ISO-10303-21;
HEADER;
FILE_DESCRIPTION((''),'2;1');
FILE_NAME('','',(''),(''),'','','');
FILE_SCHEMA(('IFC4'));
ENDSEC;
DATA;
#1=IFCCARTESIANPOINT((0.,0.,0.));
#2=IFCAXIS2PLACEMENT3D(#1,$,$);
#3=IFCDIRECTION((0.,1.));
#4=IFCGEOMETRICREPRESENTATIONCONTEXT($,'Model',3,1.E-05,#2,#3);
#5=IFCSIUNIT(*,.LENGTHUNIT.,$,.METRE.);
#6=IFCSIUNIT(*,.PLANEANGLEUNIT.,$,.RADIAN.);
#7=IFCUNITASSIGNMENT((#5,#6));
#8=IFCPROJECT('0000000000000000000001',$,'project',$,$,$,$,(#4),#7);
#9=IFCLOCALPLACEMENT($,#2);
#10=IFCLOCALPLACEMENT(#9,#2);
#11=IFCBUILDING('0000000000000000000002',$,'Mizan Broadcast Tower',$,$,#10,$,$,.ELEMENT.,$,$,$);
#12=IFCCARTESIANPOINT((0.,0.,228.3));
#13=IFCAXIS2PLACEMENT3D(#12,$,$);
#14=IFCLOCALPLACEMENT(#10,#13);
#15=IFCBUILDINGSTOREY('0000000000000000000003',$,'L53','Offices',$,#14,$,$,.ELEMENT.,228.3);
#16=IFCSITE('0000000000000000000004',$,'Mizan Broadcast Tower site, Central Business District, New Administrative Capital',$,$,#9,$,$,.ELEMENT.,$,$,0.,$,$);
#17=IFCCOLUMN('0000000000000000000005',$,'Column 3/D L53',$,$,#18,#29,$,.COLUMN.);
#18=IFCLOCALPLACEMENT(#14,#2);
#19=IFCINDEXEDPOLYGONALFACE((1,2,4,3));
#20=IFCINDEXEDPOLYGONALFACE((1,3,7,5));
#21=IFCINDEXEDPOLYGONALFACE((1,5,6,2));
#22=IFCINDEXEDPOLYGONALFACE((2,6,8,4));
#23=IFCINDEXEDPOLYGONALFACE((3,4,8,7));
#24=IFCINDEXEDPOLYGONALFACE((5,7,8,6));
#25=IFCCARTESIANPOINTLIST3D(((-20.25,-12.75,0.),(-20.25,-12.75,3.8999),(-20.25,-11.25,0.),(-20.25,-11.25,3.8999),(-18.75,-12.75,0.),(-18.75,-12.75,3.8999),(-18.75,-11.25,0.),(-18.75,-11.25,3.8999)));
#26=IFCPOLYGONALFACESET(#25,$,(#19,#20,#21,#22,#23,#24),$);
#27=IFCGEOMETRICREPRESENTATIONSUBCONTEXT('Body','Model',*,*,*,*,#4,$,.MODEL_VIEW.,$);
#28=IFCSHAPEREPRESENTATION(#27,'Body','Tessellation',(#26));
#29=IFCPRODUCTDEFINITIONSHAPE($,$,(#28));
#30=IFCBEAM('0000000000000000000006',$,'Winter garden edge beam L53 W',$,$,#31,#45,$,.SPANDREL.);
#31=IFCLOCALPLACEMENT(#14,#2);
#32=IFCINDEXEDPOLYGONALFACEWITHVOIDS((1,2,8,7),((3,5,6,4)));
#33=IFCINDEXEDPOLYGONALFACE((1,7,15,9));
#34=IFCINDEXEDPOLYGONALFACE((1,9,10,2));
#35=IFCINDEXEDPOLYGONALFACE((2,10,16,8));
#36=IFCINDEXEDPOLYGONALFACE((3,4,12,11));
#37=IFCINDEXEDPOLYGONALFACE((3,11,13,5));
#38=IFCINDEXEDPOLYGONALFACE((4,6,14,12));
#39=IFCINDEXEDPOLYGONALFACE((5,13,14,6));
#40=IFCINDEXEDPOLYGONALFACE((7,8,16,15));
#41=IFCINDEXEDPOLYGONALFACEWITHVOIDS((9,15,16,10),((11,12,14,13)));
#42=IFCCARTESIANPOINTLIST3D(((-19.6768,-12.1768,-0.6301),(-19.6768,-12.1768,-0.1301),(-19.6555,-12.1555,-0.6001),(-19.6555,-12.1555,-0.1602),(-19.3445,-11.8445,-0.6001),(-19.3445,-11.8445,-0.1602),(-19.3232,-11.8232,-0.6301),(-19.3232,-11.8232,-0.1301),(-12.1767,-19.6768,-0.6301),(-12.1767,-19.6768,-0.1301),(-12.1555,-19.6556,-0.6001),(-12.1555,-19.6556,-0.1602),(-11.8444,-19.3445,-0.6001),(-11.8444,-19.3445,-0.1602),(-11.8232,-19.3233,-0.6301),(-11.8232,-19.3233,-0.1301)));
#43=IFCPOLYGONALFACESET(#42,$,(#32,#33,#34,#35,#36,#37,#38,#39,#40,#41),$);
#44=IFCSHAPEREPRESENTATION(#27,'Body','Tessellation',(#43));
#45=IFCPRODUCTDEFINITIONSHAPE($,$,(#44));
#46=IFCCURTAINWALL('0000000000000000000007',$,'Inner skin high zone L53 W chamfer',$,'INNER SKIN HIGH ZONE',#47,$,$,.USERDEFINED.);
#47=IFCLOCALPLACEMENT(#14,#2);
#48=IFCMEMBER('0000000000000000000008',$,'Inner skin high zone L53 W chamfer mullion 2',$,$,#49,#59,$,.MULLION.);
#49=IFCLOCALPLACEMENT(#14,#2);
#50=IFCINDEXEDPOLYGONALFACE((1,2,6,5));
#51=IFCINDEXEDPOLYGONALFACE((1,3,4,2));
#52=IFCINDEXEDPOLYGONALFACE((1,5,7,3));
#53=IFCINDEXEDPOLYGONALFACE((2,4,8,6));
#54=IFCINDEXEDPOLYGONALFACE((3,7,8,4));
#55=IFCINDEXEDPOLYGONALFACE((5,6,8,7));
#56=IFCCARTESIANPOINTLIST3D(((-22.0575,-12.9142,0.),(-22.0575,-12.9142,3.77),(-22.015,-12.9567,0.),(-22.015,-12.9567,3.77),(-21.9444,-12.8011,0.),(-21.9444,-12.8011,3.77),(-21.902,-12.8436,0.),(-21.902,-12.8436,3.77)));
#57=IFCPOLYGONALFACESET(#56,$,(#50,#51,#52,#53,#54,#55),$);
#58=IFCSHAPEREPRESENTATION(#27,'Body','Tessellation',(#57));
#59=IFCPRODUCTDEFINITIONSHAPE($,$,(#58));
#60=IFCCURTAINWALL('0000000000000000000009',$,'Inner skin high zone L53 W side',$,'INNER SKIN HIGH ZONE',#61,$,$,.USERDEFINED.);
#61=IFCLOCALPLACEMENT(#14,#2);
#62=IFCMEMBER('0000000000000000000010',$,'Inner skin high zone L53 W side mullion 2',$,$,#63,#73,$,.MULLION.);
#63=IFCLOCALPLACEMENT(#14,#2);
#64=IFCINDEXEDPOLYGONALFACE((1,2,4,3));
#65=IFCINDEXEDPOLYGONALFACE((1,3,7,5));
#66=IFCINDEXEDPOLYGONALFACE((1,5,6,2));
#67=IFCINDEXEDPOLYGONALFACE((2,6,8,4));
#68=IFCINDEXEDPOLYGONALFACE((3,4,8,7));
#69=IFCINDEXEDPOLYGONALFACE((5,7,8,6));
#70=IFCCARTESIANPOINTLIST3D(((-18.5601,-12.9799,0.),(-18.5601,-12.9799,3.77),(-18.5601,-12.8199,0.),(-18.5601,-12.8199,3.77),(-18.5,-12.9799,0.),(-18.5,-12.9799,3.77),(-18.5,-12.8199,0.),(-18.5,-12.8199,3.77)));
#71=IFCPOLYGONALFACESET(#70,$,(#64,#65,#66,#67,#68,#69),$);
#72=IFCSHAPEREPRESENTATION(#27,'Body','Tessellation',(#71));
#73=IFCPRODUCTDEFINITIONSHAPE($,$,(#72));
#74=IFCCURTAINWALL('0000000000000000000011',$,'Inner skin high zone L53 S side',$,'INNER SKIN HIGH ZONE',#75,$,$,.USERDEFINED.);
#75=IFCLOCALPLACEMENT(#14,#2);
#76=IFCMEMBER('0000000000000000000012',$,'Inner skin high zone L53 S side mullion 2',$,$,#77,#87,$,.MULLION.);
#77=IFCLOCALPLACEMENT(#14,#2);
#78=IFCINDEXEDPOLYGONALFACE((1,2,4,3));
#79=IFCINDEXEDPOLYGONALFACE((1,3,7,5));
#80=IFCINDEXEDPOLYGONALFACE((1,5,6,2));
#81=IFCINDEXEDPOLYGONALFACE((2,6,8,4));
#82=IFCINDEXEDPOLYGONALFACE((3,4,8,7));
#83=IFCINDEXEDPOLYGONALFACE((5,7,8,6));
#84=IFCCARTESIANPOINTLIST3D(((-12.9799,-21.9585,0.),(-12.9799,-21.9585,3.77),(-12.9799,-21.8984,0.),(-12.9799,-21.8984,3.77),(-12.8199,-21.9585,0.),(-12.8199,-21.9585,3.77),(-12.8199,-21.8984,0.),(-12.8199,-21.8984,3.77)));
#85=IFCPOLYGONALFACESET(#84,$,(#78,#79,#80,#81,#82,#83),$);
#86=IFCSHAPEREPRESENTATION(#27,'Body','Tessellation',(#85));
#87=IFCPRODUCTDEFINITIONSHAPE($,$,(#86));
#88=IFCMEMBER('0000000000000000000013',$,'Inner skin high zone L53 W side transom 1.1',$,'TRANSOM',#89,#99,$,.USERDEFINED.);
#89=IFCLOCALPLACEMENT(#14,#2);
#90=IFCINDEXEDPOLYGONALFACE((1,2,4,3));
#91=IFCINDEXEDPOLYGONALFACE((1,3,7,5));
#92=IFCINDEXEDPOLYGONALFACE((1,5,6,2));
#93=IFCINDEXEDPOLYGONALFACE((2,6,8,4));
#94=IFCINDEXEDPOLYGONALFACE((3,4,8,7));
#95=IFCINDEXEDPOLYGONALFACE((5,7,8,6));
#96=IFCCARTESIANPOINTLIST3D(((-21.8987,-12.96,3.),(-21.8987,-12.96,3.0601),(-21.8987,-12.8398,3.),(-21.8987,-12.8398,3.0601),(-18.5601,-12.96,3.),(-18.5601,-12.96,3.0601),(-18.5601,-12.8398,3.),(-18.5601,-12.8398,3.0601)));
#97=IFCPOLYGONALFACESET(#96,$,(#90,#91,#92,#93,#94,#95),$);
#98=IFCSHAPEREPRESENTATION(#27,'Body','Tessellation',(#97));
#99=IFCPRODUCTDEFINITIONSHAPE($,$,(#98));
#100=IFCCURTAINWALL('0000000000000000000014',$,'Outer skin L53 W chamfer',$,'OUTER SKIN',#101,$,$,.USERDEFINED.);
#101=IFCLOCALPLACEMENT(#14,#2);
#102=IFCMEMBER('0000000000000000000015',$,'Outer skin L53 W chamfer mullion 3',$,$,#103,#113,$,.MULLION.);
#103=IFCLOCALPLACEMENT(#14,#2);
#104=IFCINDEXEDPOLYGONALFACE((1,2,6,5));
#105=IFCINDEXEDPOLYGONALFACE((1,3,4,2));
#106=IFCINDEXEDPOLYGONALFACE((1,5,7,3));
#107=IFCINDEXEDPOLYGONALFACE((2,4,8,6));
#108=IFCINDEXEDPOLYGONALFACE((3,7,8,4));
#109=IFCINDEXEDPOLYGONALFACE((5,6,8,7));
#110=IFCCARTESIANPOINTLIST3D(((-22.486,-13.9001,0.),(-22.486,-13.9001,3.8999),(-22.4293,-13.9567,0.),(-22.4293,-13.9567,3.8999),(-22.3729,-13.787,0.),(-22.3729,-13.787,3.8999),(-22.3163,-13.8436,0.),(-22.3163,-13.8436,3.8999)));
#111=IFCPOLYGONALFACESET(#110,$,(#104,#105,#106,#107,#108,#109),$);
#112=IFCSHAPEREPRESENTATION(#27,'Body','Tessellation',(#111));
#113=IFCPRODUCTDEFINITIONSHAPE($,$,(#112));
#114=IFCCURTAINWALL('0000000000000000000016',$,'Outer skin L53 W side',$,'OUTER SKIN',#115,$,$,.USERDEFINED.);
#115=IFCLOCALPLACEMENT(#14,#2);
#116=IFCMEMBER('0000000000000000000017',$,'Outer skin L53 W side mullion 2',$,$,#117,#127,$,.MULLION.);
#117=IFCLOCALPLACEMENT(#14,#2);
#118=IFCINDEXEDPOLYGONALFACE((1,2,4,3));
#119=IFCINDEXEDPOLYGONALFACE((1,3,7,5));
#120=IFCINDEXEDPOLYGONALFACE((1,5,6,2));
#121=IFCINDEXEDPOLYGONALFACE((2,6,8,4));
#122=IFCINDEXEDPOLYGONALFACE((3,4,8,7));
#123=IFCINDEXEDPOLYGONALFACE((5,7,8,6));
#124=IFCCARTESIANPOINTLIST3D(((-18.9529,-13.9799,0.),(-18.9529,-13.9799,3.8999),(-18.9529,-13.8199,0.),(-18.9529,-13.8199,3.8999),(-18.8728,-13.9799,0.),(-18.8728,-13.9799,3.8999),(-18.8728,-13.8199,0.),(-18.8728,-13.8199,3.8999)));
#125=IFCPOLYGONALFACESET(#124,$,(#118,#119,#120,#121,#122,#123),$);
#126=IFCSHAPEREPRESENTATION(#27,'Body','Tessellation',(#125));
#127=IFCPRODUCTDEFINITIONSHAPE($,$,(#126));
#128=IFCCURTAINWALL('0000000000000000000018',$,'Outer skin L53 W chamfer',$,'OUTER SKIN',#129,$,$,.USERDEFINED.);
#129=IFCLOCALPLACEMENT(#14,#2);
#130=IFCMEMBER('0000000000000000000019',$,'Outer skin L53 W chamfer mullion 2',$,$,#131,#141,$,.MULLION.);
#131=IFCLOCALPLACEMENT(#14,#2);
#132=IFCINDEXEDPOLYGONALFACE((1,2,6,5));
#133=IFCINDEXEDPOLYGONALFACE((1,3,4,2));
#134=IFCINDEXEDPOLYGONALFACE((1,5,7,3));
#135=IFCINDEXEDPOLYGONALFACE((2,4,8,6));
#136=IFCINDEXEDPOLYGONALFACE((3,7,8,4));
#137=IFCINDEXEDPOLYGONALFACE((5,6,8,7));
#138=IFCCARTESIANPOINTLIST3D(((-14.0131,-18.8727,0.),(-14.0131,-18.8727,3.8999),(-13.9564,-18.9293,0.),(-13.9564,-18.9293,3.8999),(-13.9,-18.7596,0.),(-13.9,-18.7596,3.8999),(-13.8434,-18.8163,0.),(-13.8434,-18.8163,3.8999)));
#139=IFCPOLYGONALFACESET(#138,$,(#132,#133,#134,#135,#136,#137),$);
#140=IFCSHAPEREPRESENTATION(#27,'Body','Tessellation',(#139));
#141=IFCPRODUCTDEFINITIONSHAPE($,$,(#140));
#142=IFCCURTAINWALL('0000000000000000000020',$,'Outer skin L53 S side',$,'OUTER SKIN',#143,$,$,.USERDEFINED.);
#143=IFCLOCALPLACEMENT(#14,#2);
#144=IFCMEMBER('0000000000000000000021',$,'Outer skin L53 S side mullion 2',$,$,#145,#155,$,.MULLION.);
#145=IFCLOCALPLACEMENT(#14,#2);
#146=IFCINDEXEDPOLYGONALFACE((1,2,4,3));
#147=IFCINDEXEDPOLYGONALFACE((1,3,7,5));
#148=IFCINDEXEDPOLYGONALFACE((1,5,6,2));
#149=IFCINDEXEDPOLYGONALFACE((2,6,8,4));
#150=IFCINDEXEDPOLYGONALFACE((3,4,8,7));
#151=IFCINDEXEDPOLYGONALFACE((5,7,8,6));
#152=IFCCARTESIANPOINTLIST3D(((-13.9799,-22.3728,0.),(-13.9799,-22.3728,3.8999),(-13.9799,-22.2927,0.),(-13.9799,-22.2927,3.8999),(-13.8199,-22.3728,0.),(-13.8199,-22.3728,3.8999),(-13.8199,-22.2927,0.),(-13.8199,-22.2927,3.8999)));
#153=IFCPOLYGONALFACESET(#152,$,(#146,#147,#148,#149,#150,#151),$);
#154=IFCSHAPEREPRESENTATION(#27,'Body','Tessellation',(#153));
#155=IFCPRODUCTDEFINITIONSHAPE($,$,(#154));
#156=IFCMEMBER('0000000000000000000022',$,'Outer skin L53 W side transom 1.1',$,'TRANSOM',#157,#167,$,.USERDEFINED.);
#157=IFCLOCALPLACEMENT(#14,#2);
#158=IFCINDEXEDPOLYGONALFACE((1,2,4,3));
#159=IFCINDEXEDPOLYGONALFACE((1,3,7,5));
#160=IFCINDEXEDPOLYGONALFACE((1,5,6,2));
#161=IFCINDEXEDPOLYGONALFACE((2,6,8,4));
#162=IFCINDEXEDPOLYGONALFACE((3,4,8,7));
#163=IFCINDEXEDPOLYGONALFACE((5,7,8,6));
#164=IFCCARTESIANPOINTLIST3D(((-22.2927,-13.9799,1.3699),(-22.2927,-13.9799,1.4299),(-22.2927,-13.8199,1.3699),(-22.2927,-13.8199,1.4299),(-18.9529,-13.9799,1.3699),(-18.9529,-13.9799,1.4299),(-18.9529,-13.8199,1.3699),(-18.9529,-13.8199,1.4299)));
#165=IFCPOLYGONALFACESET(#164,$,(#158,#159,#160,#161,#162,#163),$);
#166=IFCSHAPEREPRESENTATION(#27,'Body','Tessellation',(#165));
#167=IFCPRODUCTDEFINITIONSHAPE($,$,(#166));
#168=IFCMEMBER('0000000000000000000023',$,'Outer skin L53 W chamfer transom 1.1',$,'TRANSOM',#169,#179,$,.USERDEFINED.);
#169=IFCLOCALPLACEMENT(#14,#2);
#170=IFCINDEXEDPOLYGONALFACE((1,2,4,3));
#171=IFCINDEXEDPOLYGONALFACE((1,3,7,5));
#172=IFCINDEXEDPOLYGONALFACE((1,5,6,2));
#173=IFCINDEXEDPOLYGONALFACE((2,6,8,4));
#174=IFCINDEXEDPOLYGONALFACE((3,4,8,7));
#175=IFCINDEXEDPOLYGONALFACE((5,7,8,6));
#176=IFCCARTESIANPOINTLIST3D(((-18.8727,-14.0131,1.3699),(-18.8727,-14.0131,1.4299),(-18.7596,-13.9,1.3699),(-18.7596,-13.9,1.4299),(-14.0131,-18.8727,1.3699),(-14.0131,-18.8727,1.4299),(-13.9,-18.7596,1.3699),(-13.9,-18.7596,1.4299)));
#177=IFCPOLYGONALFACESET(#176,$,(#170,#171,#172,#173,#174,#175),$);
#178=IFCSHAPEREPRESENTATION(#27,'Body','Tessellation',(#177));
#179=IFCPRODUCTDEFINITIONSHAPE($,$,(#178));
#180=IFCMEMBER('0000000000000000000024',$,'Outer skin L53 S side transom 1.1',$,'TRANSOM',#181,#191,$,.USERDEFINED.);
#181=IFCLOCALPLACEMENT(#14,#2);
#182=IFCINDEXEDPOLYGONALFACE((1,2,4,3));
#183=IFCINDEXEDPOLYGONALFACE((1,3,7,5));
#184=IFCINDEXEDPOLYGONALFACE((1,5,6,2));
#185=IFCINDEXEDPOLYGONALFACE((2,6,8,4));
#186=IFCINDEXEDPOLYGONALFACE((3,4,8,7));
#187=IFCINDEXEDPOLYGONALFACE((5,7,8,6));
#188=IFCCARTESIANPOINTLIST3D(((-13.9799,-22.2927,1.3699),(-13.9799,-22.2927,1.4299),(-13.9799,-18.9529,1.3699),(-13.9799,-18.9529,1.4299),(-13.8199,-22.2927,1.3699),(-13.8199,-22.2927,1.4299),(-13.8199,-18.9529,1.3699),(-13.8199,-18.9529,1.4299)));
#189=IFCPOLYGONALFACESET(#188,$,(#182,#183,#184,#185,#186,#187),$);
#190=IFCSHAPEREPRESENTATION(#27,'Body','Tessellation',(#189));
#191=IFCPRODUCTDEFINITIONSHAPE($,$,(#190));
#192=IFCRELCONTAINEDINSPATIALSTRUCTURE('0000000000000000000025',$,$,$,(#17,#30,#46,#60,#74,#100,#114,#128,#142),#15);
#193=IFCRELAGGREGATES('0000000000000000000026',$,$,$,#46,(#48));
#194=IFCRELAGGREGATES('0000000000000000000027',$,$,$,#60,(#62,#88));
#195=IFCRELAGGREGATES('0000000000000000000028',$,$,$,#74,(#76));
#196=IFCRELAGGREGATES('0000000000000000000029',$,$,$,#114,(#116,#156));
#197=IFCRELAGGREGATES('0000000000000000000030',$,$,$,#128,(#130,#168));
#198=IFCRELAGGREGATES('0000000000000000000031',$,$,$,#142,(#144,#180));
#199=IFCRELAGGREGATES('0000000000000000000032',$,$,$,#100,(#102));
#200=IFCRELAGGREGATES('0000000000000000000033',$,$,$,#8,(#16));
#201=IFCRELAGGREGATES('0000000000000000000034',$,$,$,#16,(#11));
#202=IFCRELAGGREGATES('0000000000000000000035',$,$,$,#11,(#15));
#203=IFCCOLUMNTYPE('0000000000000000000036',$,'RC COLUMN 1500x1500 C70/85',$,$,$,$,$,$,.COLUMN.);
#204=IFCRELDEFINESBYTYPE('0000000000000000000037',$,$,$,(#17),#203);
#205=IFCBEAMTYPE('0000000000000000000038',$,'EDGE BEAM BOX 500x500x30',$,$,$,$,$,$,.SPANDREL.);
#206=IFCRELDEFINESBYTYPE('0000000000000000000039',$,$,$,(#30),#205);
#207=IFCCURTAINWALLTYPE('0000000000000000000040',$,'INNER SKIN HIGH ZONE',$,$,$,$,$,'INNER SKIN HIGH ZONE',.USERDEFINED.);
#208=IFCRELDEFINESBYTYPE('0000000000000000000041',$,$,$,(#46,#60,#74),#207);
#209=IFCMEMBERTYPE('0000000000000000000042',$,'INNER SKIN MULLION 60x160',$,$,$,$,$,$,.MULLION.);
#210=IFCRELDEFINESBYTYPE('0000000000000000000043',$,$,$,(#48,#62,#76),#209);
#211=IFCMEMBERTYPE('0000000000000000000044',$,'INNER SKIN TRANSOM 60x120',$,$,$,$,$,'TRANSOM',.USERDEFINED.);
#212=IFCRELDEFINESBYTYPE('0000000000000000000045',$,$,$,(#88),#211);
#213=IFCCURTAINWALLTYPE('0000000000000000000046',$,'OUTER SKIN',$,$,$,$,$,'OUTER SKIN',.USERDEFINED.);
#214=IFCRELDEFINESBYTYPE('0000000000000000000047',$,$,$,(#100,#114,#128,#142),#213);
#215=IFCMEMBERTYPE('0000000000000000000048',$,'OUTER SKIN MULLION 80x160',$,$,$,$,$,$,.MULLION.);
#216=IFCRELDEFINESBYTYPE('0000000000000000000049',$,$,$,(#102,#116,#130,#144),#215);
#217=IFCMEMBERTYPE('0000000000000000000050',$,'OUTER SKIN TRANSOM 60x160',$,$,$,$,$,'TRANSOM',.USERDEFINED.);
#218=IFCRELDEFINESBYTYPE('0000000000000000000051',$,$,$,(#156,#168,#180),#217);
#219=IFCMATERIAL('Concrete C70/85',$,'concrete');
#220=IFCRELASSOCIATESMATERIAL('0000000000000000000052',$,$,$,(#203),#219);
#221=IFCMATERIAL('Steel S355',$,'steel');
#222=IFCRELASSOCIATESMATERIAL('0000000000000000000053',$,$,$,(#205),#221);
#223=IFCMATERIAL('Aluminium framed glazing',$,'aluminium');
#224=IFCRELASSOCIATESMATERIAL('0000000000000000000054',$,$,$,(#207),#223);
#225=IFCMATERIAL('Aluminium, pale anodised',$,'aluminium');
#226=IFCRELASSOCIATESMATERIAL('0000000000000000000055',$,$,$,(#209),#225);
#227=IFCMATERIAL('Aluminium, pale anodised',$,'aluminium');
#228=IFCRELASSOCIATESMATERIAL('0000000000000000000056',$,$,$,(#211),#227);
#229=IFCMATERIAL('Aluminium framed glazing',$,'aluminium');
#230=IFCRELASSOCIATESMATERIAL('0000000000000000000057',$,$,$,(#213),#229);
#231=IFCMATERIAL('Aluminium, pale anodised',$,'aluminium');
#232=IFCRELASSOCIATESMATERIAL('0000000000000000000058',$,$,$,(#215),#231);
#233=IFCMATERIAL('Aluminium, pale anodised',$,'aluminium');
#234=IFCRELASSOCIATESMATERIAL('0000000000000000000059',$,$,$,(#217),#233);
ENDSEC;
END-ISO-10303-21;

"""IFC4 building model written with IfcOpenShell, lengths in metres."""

from ifc_helpers import new_model, si_unit, direction, frame, origin, origin_2d, place, context, subcontext, project, spatial, rectangle, hollow_rectangle, extrude, material, material_profile, profile_set, type_object, element, aggregate, save


model = new_model("IFC4")

# Units and contexts
model_context = context("Model", 3, precision=1e-05, world=origin(), true_north=direction((0.0, 1.0)))
body_context = subcontext(model_context, "Body", "Model", "MODEL_VIEW")
ifc_project = project(units=[si_unit("LENGTHUNIT", "METRE"), si_unit("PLANEANGLEUNIT", "RADIAN")], contexts=[model_context])

# Site, building, storey
site_placement = place(None, origin())
site = spatial("IfcSite", under=ifc_project, at=site_placement, Name="Mizan Broadcast Tower site, Central Business District, New Administrative Capital", CompositionType="ELEMENT", RefElevation=0.0)
building_placement = place(site_placement, origin())
building = spatial("IfcBuilding", under=site, at=building_placement, Name="Mizan Broadcast Tower", CompositionType="ELEMENT")
storey_placement = place(building_placement, frame((0.0, 0.0, 228.3)))
storey = spatial("IfcBuildingStorey", under=building, at=storey_placement, Name="L53", Description="Offices", CompositionType="ELEMENT", Elevation=228.3)

# Column
ifc_material_1 = material(Name="Concrete C70/85", Category="concrete")
ifc_material_profile_1 = material_profile(ifc_material_1, rectangle(XDim=1.5, YDim=1.5, at=origin_2d()), Name="RC 1500x1500")
ifc_profile_set_1 = profile_set([ifc_material_profile_1], Name="Concrete C70/85")
column_type = type_object("IfcColumnType", Name="RC COLUMN 1500x1500 C70/85", PredefinedType="COLUMN", material=ifc_profile_set_1)
column_placement = place(storey_placement, frame((-19.5, -12.0, 0.0), z_axis=(0.0, 0.0, 1.0), x_axis=(1.0, 0.0, 0.0)))
element("IfcColumn", 1, at=column_placement, inside=storey, type_object=column_type, Name="Column 3/D L53", PredefinedType="COLUMN", context=body_context, shape_type="SweptSolid", body=[
    extrude(rectangle(XDim=1.5, YDim=1.5, at=origin_2d()), origin(), (0.0, 0.0, 1.0), 3.8999),
])

# Beam
ifc_material_2 = material(Name="Steel S355", Category="steel")
ifc_material_profile_2 = material_profile(ifc_material_2, hollow_rectangle(XDim=0.5, YDim=0.5, WallThickness=0.03, at=origin_2d()), Name="BOX 500x500x30")
ifc_profile_set_2 = profile_set([ifc_material_profile_2], Name="Steel S355")
beam_type = type_object("IfcBeamType", Name="EDGE BEAM BOX 500x500x30", PredefinedType="SPANDREL", material=ifc_profile_set_2)
beam_placement = place(storey_placement, frame((-19.5, -12.0, -0.3801), z_axis=(0.707107, -0.707107, 0.0), x_axis=(0.707107, 0.707107, 0.0)))
element("IfcBeam", 2, at=beam_placement, inside=storey, type_object=beam_type, Name="Winter garden edge beam L53 W", PredefinedType="SPANDREL", context=body_context, shape_type="SweptSolid", body=[
    extrude(hollow_rectangle(XDim=0.5, YDim=0.5, WallThickness=0.03, at=origin_2d()), origin(), (0.0, 0.0, 1.0), 10.6067),
])

# Curtain walls, members
ifc_material_3 = material(Name="Aluminium framed glazing", Category="aluminium")
curtain_wall_type_1 = type_object("IfcCurtainWallType", Name="INNER SKIN HIGH ZONE", ElementType="INNER SKIN HIGH ZONE", PredefinedType="USERDEFINED", material=ifc_material_3)
curtain_wall_1_placement = place(storey_placement, origin())
curtain_wall_1 = element("IfcCurtainWall", 3, at=curtain_wall_1_placement, inside=storey, type_object=curtain_wall_type_1, Name="Inner skin high zone L53 W chamfer", ObjectType="INNER SKIN HIGH ZONE", PredefinedType="USERDEFINED")
ifc_material_4 = material(Name="Aluminium, pale anodised", Category="aluminium")
ifc_material_profile_3 = material_profile(ifc_material_4, rectangle(XDim=0.1599, YDim=0.0601, at=origin_2d()), Name="MULLION 160x60")
ifc_profile_set_3 = profile_set([ifc_material_profile_3], Name="Aluminium, pale anodised")
member_type_1 = type_object("IfcMemberType", Name="INNER SKIN MULLION 60x160", PredefinedType="MULLION", material=ifc_profile_set_3)
member_1_placement = place(storey_placement, frame((-21.9797, -12.8789, 0.0), z_axis=(0.0, 0.0, 1.0), x_axis=(0.707107, 0.707107, 0.0)))
member_1 = element("IfcMember", 4, at=member_1_placement, type_object=member_type_1, Name="Inner skin high zone L53 W chamfer mullion 2", PredefinedType="MULLION", context=body_context, shape_type="SweptSolid", body=[
    extrude(rectangle(XDim=0.1599, YDim=0.0601, at=origin_2d()), origin(), (0.0, 0.0, 1.0), 3.77),
])
aggregate(curtain_wall_1, [member_1])
curtain_wall_2_placement = place(storey_placement, origin())
curtain_wall_2 = element("IfcCurtainWall", 5, at=curtain_wall_2_placement, inside=storey, type_object=curtain_wall_type_1, Name="Inner skin high zone L53 W side", ObjectType="INNER SKIN HIGH ZONE", PredefinedType="USERDEFINED")
member_2_placement = place(storey_placement, frame((-18.53, -12.8999, 0.0), z_axis=(0.0, 0.0, 1.0), x_axis=(0.0, 1.0, 0.0)))
member_2 = element("IfcMember", 6, at=member_2_placement, type_object=member_type_1, Name="Inner skin high zone L53 W side mullion 2", PredefinedType="MULLION", context=body_context, shape_type="SweptSolid", body=[
    extrude(rectangle(XDim=0.1599, YDim=0.0601, at=origin_2d()), origin(), (0.0, 0.0, 1.0), 3.77),
])
curtain_wall_3_placement = place(storey_placement, origin())
curtain_wall_3 = element("IfcCurtainWall", 7, at=curtain_wall_3_placement, inside=storey, type_object=curtain_wall_type_1, Name="Inner skin high zone L53 S side", ObjectType="INNER SKIN HIGH ZONE", PredefinedType="USERDEFINED")
member_3_placement = place(storey_placement, frame((-12.8999, -21.9285, 0.0), z_axis=(0.0, 0.0, 1.0), x_axis=(1.0, 0.0, 0.0)))
member_3 = element("IfcMember", 8, at=member_3_placement, type_object=member_type_1, Name="Inner skin high zone L53 S side mullion 2", PredefinedType="MULLION", context=body_context, shape_type="SweptSolid", body=[
    extrude(rectangle(XDim=0.1599, YDim=0.0601, at=origin_2d()), origin(), (0.0, 0.0, 1.0), 3.77),
])

# Member
ifc_material_5 = material(Name="Aluminium, pale anodised", Category="aluminium")
ifc_material_profile_4 = material_profile(ifc_material_5, rectangle(XDim=0.1201, YDim=0.0601, at=origin_2d()), Name="TRANSOM 120x60")
ifc_profile_set_4 = profile_set([ifc_material_profile_4], Name="Aluminium, pale anodised")
member_type_2 = type_object("IfcMemberType", Name="INNER SKIN TRANSOM 60x120", ElementType="TRANSOM", PredefinedType="USERDEFINED", material=ifc_profile_set_4)
member_4_placement = place(storey_placement, frame((-21.8987, -12.8999, 3.03), z_axis=(1.0, 0.0, 0.0), x_axis=(0.0, 1.0, 0.0)))
member_4 = element("IfcMember", 9, at=member_4_placement, type_object=member_type_2, Name="Inner skin high zone L53 W side transom 1.1", ObjectType="TRANSOM", PredefinedType="USERDEFINED", context=body_context, shape_type="SweptSolid", body=[
    extrude(rectangle(XDim=0.1201, YDim=0.0601, at=origin_2d()), origin(), (0.0, 0.0, 1.0), 3.3386),
])

# Curtain walls, members
ifc_material_6 = material(Name="Aluminium framed glazing", Category="aluminium")
curtain_wall_type_2 = type_object("IfcCurtainWallType", Name="OUTER SKIN", ElementType="OUTER SKIN", PredefinedType="USERDEFINED", material=ifc_material_6)
curtain_wall_4_placement = place(storey_placement, origin())
curtain_wall_4 = element("IfcCurtainWall", 10, at=curtain_wall_4_placement, inside=storey, type_object=curtain_wall_type_2, Name="Outer skin L53 W chamfer", ObjectType="OUTER SKIN", PredefinedType="USERDEFINED")
ifc_material_7 = material(Name="Aluminium, pale anodised", Category="aluminium")
ifc_material_profile_5 = material_profile(ifc_material_7, rectangle(XDim=0.1599, YDim=0.0801, at=origin_2d()), Name="MULLION 160x80")
ifc_profile_set_5 = profile_set([ifc_material_profile_5], Name="Aluminium, pale anodised")
member_type_3 = type_object("IfcMemberType", Name="OUTER SKIN MULLION 80x160", PredefinedType="MULLION", material=ifc_profile_set_5)
member_5_placement = place(storey_placement, frame((-22.4011, -13.8718, 0.0), z_axis=(0.0, 0.0, 1.0), x_axis=(0.707107, 0.707107, 0.0)))
member_5 = element("IfcMember", 11, at=member_5_placement, type_object=member_type_3, Name="Outer skin L53 W chamfer mullion 3", PredefinedType="MULLION", context=body_context, shape_type="SweptSolid", body=[
    extrude(rectangle(XDim=0.1599, YDim=0.0801, at=origin_2d()), origin(), (0.0, 0.0, 1.0), 3.8999),
])
curtain_wall_5_placement = place(storey_placement, origin())
curtain_wall_5 = element("IfcCurtainWall", 12, at=curtain_wall_5_placement, inside=storey, type_object=curtain_wall_type_2, Name="Outer skin L53 W side", ObjectType="OUTER SKIN", PredefinedType="USERDEFINED")
member_6_placement = place(storey_placement, frame((-18.9128, -13.8999, 0.0), z_axis=(0.0, 0.0, 1.0), x_axis=(0.0, 1.0, 0.0)))
member_6 = element("IfcMember", 13, at=member_6_placement, type_object=member_type_3, Name="Outer skin L53 W side mullion 2", PredefinedType="MULLION", context=body_context, shape_type="SweptSolid", body=[
    extrude(rectangle(XDim=0.1599, YDim=0.0801, at=origin_2d()), origin(), (0.0, 0.0, 1.0), 3.8999),
])
curtain_wall_6_placement = place(storey_placement, origin())
curtain_wall_6 = element("IfcCurtainWall", 14, at=curtain_wall_6_placement, inside=storey, type_object=curtain_wall_type_2, Name="Outer skin L53 W chamfer", ObjectType="OUTER SKIN", PredefinedType="USERDEFINED")
member_7_placement = place(storey_placement, frame((-13.9282, -18.8445, 0.0), z_axis=(0.0, 0.0, 1.0), x_axis=(0.707107, 0.707107, 0.0)))
member_7 = element("IfcMember", 15, at=member_7_placement, type_object=member_type_3, Name="Outer skin L53 W chamfer mullion 2", PredefinedType="MULLION", context=body_context, shape_type="SweptSolid", body=[
    extrude(rectangle(XDim=0.1599, YDim=0.0801, at=origin_2d()), origin(), (0.0, 0.0, 1.0), 3.8999),
])
curtain_wall_7_placement = place(storey_placement, origin())
curtain_wall_7 = element("IfcCurtainWall", 16, at=curtain_wall_7_placement, inside=storey, type_object=curtain_wall_type_2, Name="Outer skin L53 S side", ObjectType="OUTER SKIN", PredefinedType="USERDEFINED")
member_8_placement = place(storey_placement, frame((-13.8999, -22.3328, 0.0), z_axis=(0.0, 0.0, 1.0), x_axis=(1.0, 0.0, 0.0)))
member_8 = element("IfcMember", 17, at=member_8_placement, type_object=member_type_3, Name="Outer skin L53 S side mullion 2", PredefinedType="MULLION", context=body_context, shape_type="SweptSolid", body=[
    extrude(rectangle(XDim=0.1599, YDim=0.0801, at=origin_2d()), origin(), (0.0, 0.0, 1.0), 3.8999),
])

# Members
ifc_material_8 = material(Name="Aluminium, pale anodised", Category="aluminium")
ifc_material_profile_6 = material_profile(ifc_material_8, rectangle(XDim=0.1599, YDim=0.0601, at=origin_2d()), Name="TRANSOM 160x60")
ifc_profile_set_6 = profile_set([ifc_material_profile_6], Name="Aluminium, pale anodised")
member_type_4 = type_object("IfcMemberType", Name="OUTER SKIN TRANSOM 60x160", ElementType="TRANSOM", PredefinedType="USERDEFINED", material=ifc_profile_set_6)
member_9_placement = place(storey_placement, frame((-22.2927, -13.8999, 1.3999), z_axis=(1.0, 0.0, 0.0), x_axis=(0.0, 1.0, 0.0)))
member_9 = element("IfcMember", 18, at=member_9_placement, type_object=member_type_4, Name="Outer skin L53 W side transom 1.1", ObjectType="TRANSOM", PredefinedType="USERDEFINED", context=body_context, shape_type="SweptSolid", body=[
    extrude(rectangle(XDim=0.1599, YDim=0.0601, at=origin_2d()), origin(), (0.0, 0.0, 1.0), 3.3398),
])
member_10_placement = place(storey_placement, frame((-18.8162, -13.9565, 1.3999), z_axis=(0.707107, -0.707107, 0.0), x_axis=(0.707107, 0.707107, 0.0)))
member_10 = element("IfcMember", 19, at=member_10_placement, type_object=member_type_4, Name="Outer skin L53 W chamfer transom 1.1", ObjectType="TRANSOM", PredefinedType="USERDEFINED", context=body_context, shape_type="SweptSolid", body=[
    extrude(rectangle(XDim=0.1599, YDim=0.0601, at=origin_2d()), origin(), (0.0, 0.0, 1.0), 6.8726),
])
member_11_placement = place(storey_placement, frame((-13.8999, -18.9529, 1.3999), z_axis=(0.0, -1.0, 0.0), x_axis=(1.0, 0.0, 0.0)))
member_11 = element("IfcMember", 20, at=member_11_placement, type_object=member_type_4, Name="Outer skin L53 S side transom 1.1", ObjectType="TRANSOM", PredefinedType="USERDEFINED", context=body_context, shape_type="SweptSolid", body=[
    extrude(rectangle(XDim=0.1599, YDim=0.0601, at=origin_2d()), origin(), (0.0, 0.0, 1.0), 3.3398),
])

aggregate(curtain_wall_2, [member_2, member_4])
aggregate(curtain_wall_3, [member_3])
aggregate(curtain_wall_5, [member_6, member_9])
aggregate(curtain_wall_6, [member_7, member_10])
aggregate(curtain_wall_7, [member_8, member_11])
aggregate(curtain_wall_4, [member_5])

save(model, "model.ifc")
